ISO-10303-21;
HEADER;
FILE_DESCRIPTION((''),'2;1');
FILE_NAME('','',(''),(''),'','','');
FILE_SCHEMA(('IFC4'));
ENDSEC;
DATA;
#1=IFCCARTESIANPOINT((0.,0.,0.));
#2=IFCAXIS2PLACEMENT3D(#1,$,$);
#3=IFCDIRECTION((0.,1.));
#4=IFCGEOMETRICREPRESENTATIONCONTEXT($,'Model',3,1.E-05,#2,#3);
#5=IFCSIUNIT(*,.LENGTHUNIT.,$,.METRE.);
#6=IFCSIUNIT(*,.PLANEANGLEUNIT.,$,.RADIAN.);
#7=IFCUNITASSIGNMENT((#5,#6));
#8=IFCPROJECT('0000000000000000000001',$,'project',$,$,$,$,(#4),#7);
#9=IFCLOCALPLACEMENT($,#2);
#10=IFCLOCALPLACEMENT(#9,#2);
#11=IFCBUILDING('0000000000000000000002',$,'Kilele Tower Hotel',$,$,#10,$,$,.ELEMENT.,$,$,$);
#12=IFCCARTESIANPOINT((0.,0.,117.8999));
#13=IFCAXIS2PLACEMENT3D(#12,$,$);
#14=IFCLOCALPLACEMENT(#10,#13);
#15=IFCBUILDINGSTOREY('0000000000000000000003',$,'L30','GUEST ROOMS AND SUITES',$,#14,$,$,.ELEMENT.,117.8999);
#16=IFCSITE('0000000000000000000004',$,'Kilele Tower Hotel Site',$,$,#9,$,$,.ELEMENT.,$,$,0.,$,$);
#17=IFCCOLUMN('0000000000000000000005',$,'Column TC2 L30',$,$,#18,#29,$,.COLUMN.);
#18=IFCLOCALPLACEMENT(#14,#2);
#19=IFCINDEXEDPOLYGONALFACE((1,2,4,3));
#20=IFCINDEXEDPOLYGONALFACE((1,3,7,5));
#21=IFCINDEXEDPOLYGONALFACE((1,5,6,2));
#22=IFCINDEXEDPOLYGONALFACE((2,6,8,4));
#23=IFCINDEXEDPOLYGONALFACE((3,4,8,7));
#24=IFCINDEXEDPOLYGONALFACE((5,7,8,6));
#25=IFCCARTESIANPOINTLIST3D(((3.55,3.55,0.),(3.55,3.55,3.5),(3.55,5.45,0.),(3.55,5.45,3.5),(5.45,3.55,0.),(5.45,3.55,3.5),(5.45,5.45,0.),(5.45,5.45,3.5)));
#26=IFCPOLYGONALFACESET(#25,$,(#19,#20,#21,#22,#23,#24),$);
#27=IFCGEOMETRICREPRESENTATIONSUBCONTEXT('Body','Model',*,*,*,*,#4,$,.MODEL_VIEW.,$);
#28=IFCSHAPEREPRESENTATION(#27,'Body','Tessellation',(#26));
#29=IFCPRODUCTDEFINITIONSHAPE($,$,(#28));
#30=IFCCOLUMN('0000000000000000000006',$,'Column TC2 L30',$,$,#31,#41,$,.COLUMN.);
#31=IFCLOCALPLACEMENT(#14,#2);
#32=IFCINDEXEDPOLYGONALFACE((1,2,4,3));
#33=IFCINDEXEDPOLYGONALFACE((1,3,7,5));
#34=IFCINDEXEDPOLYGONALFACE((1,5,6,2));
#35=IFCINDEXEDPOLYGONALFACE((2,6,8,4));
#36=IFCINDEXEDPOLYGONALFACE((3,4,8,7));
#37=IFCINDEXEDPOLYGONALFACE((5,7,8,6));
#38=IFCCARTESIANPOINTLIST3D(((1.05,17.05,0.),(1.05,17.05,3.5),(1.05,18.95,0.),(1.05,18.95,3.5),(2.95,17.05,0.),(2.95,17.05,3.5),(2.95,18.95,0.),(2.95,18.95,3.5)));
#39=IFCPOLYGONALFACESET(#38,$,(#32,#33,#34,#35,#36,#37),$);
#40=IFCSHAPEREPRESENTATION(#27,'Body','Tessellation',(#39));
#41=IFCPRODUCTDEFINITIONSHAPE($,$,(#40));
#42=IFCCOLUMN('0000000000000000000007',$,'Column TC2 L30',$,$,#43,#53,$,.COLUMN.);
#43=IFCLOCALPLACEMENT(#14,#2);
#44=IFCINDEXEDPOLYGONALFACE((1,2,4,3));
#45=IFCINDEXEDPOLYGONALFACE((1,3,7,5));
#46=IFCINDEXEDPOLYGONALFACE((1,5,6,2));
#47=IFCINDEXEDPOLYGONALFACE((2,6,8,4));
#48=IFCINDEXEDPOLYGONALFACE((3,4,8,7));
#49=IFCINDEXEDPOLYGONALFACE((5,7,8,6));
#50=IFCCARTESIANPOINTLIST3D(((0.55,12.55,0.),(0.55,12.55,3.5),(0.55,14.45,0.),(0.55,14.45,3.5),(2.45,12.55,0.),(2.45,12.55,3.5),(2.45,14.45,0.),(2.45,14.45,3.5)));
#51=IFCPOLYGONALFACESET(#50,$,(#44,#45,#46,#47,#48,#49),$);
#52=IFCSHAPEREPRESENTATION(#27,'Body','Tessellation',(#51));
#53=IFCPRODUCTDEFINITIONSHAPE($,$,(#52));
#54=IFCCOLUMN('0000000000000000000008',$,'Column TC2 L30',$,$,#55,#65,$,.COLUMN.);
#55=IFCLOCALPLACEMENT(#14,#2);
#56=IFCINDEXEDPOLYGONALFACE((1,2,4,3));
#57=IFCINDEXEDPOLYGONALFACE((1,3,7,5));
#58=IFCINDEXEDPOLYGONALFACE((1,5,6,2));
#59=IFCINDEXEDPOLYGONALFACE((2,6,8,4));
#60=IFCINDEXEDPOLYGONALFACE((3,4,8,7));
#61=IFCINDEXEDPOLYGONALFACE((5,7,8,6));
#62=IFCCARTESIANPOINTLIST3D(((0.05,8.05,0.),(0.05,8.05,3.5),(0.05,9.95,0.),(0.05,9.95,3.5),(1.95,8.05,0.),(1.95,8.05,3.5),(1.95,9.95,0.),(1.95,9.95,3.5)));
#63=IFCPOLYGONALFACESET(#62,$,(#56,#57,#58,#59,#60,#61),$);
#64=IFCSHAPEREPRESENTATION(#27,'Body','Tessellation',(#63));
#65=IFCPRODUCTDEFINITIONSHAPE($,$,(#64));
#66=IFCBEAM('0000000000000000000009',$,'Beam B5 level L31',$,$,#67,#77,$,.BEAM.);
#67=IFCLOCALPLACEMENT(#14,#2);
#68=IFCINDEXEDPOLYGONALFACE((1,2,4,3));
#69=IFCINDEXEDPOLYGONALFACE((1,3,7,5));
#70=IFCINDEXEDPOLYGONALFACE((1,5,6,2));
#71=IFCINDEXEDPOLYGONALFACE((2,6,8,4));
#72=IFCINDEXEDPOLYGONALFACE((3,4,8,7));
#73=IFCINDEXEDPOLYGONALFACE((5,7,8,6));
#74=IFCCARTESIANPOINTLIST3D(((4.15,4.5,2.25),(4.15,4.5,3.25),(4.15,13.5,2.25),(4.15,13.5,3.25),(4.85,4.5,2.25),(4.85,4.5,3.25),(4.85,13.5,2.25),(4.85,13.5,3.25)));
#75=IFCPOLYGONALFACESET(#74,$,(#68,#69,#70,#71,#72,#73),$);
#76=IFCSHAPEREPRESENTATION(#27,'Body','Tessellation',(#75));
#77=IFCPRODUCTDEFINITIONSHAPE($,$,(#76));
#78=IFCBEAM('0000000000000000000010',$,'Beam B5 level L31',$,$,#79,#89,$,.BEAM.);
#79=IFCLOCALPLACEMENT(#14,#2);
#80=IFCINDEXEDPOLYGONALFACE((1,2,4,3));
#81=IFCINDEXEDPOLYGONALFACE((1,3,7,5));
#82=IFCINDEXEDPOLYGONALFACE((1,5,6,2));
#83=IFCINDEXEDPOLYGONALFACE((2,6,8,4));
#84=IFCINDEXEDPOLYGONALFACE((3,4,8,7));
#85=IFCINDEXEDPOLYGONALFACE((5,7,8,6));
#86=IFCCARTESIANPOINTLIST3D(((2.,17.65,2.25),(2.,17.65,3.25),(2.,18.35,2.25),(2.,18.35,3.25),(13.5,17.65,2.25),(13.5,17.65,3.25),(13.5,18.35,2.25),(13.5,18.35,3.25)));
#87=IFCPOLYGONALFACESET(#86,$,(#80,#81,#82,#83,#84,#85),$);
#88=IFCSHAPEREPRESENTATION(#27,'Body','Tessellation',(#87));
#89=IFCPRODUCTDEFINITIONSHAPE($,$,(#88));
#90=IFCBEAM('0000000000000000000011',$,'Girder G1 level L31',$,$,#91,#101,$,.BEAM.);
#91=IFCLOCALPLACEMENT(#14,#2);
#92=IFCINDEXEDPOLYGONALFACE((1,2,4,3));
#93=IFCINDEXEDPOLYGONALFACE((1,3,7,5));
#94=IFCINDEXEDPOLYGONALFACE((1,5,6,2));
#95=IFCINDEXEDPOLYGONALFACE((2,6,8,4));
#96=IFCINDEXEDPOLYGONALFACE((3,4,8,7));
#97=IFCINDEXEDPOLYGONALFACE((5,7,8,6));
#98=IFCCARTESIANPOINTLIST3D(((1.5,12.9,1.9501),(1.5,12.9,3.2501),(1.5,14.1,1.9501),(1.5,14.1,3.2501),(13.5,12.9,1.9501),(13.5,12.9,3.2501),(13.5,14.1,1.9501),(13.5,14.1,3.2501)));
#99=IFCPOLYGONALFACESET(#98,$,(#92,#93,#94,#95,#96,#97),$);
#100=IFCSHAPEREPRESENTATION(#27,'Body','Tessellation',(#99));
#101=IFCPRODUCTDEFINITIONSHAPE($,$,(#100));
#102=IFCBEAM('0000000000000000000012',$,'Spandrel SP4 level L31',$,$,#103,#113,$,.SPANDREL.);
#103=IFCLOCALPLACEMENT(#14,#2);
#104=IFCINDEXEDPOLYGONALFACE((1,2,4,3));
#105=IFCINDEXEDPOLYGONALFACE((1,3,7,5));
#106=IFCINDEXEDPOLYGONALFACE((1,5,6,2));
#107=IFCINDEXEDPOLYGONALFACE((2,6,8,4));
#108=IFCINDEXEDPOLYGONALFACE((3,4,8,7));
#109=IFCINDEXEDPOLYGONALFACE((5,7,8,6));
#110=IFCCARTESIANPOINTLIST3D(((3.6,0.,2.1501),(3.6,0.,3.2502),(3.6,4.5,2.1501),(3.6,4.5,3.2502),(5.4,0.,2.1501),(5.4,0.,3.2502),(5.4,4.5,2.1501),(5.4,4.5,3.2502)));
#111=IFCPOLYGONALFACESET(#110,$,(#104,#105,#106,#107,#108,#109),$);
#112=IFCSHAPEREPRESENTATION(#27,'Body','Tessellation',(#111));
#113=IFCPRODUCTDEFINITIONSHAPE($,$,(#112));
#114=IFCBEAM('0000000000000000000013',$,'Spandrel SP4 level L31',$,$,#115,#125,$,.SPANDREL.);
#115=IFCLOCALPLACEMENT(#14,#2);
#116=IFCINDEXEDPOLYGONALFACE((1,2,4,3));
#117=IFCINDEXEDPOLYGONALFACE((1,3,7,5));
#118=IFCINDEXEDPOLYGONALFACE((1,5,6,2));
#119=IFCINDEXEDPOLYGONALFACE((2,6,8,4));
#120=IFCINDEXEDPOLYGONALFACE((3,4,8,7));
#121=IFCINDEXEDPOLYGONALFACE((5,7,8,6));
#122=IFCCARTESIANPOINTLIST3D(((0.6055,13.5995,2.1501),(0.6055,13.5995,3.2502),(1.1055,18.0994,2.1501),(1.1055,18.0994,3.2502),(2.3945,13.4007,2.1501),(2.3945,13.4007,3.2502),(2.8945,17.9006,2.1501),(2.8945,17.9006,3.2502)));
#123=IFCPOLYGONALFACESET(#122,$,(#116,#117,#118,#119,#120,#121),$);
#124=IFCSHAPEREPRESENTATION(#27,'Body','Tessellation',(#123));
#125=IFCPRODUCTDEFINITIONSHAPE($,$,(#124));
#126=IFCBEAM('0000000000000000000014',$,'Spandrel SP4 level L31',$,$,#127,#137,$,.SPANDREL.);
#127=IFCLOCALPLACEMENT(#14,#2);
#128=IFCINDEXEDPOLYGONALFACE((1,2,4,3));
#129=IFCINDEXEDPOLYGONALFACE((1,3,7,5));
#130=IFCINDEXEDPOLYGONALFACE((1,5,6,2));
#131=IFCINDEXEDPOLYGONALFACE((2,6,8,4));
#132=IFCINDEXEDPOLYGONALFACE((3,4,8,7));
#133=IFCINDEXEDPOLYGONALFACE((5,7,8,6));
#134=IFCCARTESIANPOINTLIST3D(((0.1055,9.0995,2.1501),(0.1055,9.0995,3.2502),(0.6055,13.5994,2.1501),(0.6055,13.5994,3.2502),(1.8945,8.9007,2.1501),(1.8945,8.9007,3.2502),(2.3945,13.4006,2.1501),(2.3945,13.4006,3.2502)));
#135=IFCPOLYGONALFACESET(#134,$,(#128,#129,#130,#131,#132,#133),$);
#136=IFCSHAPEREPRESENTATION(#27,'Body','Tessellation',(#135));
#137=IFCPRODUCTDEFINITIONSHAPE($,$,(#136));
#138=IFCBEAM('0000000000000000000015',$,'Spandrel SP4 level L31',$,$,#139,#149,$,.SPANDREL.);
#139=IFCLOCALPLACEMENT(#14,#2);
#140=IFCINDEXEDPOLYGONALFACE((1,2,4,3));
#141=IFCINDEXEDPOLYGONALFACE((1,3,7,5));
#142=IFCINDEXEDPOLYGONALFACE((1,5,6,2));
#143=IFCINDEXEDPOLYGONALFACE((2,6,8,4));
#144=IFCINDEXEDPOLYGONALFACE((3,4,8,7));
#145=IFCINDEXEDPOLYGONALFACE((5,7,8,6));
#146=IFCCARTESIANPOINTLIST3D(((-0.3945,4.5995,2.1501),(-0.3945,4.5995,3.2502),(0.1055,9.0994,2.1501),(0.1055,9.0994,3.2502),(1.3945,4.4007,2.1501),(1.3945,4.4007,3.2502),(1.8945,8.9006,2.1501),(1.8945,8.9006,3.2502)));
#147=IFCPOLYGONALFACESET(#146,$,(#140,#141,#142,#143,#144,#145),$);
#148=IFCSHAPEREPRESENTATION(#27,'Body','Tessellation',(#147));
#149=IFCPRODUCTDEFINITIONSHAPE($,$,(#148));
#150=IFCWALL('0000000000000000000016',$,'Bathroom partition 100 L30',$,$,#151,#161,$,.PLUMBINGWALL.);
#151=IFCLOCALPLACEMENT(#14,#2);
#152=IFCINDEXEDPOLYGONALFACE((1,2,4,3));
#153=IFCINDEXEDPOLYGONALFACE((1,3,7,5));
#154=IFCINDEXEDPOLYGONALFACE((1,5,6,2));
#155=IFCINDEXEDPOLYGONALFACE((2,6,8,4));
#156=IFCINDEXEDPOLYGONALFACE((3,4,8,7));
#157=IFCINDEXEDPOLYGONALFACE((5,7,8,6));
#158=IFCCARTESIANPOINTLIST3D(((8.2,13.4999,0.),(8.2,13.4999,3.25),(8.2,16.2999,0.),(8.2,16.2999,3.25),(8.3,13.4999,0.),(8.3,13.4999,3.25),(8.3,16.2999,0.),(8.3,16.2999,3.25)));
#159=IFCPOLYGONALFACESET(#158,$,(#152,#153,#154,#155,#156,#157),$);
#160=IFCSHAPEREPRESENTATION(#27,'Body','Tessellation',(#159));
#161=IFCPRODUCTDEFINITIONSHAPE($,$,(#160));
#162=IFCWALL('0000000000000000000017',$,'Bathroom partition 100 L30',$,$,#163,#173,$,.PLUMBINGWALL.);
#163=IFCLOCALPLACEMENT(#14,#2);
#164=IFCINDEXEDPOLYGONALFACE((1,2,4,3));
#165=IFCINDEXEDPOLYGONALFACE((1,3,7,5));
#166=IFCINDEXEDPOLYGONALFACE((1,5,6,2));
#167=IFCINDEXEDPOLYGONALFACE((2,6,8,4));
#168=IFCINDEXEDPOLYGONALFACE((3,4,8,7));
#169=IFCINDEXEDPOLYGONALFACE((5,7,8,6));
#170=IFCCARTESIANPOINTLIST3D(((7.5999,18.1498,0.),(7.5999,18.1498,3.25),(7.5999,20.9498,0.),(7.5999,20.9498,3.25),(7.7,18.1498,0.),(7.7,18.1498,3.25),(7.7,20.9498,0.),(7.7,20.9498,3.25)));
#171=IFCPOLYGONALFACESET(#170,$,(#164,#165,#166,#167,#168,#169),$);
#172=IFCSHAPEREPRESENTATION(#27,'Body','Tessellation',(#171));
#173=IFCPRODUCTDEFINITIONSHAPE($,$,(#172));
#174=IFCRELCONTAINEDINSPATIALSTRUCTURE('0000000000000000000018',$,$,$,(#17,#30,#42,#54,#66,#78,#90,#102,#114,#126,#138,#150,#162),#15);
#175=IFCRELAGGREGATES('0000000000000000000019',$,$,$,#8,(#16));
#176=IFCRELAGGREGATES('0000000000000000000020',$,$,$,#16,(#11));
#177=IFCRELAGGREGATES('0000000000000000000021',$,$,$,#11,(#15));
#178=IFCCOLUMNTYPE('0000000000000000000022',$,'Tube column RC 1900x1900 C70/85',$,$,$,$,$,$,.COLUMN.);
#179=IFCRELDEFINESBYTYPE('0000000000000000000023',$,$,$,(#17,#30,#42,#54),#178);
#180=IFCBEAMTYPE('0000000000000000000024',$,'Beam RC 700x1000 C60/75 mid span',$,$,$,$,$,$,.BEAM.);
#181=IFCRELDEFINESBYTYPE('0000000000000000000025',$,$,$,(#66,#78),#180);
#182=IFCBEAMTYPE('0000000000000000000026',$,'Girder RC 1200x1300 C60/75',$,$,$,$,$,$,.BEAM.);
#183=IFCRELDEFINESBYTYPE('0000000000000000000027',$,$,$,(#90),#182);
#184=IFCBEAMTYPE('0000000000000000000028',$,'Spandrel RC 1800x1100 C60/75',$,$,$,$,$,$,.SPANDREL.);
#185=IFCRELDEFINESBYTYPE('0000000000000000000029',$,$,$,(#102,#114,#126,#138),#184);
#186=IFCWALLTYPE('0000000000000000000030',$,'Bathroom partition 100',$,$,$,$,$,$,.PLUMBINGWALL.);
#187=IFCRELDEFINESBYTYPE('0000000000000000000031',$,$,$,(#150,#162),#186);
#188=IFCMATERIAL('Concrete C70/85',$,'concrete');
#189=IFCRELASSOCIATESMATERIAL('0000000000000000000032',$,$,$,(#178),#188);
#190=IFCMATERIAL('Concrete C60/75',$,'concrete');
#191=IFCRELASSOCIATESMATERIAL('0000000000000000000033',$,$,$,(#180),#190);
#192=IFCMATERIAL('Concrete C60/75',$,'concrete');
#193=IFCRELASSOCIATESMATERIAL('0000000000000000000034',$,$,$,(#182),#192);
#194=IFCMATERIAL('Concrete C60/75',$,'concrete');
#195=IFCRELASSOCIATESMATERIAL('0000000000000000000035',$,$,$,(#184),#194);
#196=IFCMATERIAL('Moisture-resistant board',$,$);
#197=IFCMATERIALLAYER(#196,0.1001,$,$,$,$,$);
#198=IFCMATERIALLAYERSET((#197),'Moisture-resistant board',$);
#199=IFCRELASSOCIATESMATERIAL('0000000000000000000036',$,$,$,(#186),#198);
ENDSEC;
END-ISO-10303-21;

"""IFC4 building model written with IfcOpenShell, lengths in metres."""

from ifc_helpers import new_model, si_unit, direction, frame, frame_2d, origin, origin_2d, place, context, subcontext, project, spatial, rectangle, extrude, material, layer, layer_set, material_profile, profile_set, type_object, element, save


model = new_model("IFC4")

# Units and contexts
model_context = context("Model", 3, precision=1e-05, world=origin(), true_north=direction((0.0, 1.0)))
body_context = subcontext(model_context, "Body", "Model", "MODEL_VIEW")
ifc_project = project(units=[si_unit("LENGTHUNIT", "METRE"), si_unit("PLANEANGLEUNIT", "RADIAN")], contexts=[model_context])

# Site, building, storey
site_placement = place(None, origin())
site = spatial("IfcSite", under=ifc_project, at=site_placement, Name="Kilele Tower Hotel Site", CompositionType="ELEMENT", RefElevation=0.0)
building_placement = place(site_placement, origin())
building = spatial("IfcBuilding", under=site, at=building_placement, Name="Kilele Tower Hotel", CompositionType="ELEMENT")
storey_placement = place(building_placement, frame((0.0, 0.0, 117.8999)))
storey = spatial("IfcBuildingStorey", under=building, at=storey_placement, Name="L30", Description="GUEST ROOMS AND SUITES", CompositionType="ELEMENT", Elevation=117.8999)

# Columns
ifc_material_1 = material(Name="Concrete C70/85", Category="concrete")
ifc_material_profile_1 = material_profile(ifc_material_1, rectangle(XDim=1.8999, YDim=1.8999, at=origin_2d()))
ifc_profile_set_1 = profile_set([ifc_material_profile_1], Name="Concrete C70/85")
column_type = type_object("IfcColumnType", Name="Tube column RC 1900x1900 C70/85", PredefinedType="COLUMN", material=ifc_profile_set_1)
for number, where, z_axis, x_axis, name in (
    (1, (4.5, 4.5, 0.0), (0.0, 0.0, 1.0), (1.0, 0.0, 0.0), "Column TC2 L30"),
    (2, (2.0, 18.0, 0.0), (0.0, 0.0, 1.0), (1.0, 0.0, 0.0), "Column TC2 L30"),
    (3, (1.5, 13.5, 0.0), (0.0, 0.0, 1.0), (1.0, 0.0, 0.0), "Column TC2 L30"),
    (4, (1.0, 9.0, 0.0), (0.0, 0.0, 1.0), (1.0, 0.0, 0.0), "Column TC2 L30"),
):
    element("IfcColumn", number, at=place(storey_placement, frame(where, z_axis=z_axis, x_axis=x_axis)), inside=storey, type_object=column_type, Name=name, PredefinedType="COLUMN", context=body_context, shape_type="SweptSolid", body=[
        extrude(rectangle(XDim=1.8999, YDim=1.8999, at=origin_2d()), origin(), (0.0, 0.0, 1.0), 3.5),
    ])

# Beams
ifc_material_2 = material(Name="Concrete C60/75", Category="concrete")
ifc_material_profile_2 = material_profile(ifc_material_2, rectangle(XDim=0.7, YDim=1.0, at=origin_2d()))
ifc_profile_set_2 = profile_set([ifc_material_profile_2], Name="Concrete C60/75")
beam_type_1 = type_object("IfcBeamType", Name="Beam RC 700x1000 C60/75 mid span", PredefinedType="BEAM", material=ifc_profile_set_2)
beam_1_placement = place(storey_placement, frame((4.5, 4.5, 2.75), z_axis=(0.0, 1.0, 0.0), x_axis=(-1.0, 0.0, 0.0)))
element("IfcBeam", 5, at=beam_1_placement, inside=storey, type_object=beam_type_1, Name="Beam B5 level L31", PredefinedType="BEAM", context=body_context, shape_type="SweptSolid", body=[
    extrude(rectangle(XDim=0.7, YDim=1.0, at=origin_2d()), origin(), (0.0, 0.0, 1.0), 9.0),
])
beam_2_placement = place(storey_placement, frame((2.0, 18.0, 2.75), z_axis=(1.0, 0.0, 0.0), x_axis=(0.0, 1.0, 0.0)))
element("IfcBeam", 6, at=beam_2_placement, inside=storey, type_object=beam_type_1, Name="Beam B5 level L31", PredefinedType="BEAM", context=body_context, shape_type="SweptSolid", body=[
    extrude(rectangle(XDim=0.7, YDim=1.0, at=origin_2d()), origin(), (0.0, 0.0, 1.0), 11.5),
])
ifc_material_3 = material(Name="Concrete C60/75", Category="concrete")
ifc_material_profile_3 = material_profile(ifc_material_3, rectangle(XDim=1.2, YDim=1.3, at=origin_2d()))
ifc_profile_set_3 = profile_set([ifc_material_profile_3], Name="Concrete C60/75")
beam_type_2 = type_object("IfcBeamType", Name="Girder RC 1200x1300 C60/75", PredefinedType="BEAM", material=ifc_profile_set_3)
beam_3_placement = place(storey_placement, frame((1.5, 13.5, 2.6001), z_axis=(1.0, 0.0, 0.0), x_axis=(0.0, 1.0, 0.0)))
element("IfcBeam", 7, at=beam_3_placement, inside=storey, type_object=beam_type_2, Name="Girder G1 level L31", PredefinedType="BEAM", context=body_context, shape_type="SweptSolid", body=[
    extrude(rectangle(XDim=1.2, YDim=1.3, at=origin_2d()), origin(), (0.0, 0.0, 1.0), 12.0),
])
ifc_material_4 = material(Name="Concrete C60/75", Category="concrete")
ifc_material_profile_4 = material_profile(ifc_material_4, rectangle(XDim=1.8, YDim=1.1001, at=origin_2d()))
ifc_profile_set_4 = profile_set([ifc_material_profile_4], Name="Concrete C60/75")
beam_type_3 = type_object("IfcBeamType", Name="Spandrel RC 1800x1100 C60/75", PredefinedType="SPANDREL", material=ifc_profile_set_4)
beam_4_placement = place(storey_placement, frame((4.5, 4.5, 2.7002), z_axis=(0.0, -1.0, 0.0), x_axis=(1.0, 0.0, 0.0)))
element("IfcBeam", 8, at=beam_4_placement, inside=storey, type_object=beam_type_3, Name="Spandrel SP4 level L31", PredefinedType="SPANDREL", context=body_context, shape_type="SweptSolid", body=[
    extrude(rectangle(XDim=1.8, YDim=1.1001, at=origin_2d()), origin(), (0.0, 0.0, 1.0), 4.5),
])
for number, where, z_axis, x_axis, name in (
    (9, (2.0, 18.0, 2.7002), (-0.110432, -0.993884, 0.0), (0.993884, -0.110432, 0.0), "Spandrel SP4 level L31"),
    (10, (1.5, 13.5, 2.7002), (-0.110432, -0.993884, 0.0), (0.993884, -0.110432, 0.0), "Spandrel SP4 level L31"),
    (11, (1.0, 9.0, 2.7002), (-0.110432, -0.993884, 0.0), (0.993884, -0.110432, 0.0), "Spandrel SP4 level L31"),
):
    element("IfcBeam", number, at=place(storey_placement, frame(where, z_axis=z_axis, x_axis=x_axis)), inside=storey, type_object=beam_type_3, Name=name, PredefinedType="SPANDREL", context=body_context, shape_type="SweptSolid", body=[
        extrude(rectangle(XDim=1.8, YDim=1.1001, at=origin_2d()), origin(), (0.0, 0.0, 1.0), 4.5276),
    ])

# Walls
ifc_material_5 = material(Name="Moisture-resistant board")
ifc_layer_1 = layer(ifc_material_5, 0.1001)
ifc_layer_set_1 = layer_set([ifc_layer_1], Name="Moisture-resistant board")
wall_type_1 = type_object("IfcWallType", Name="Bathroom partition 100", PredefinedType="PLUMBINGWALL", material=ifc_layer_set_1)
for number, where, z_axis, x_axis, name in (
    (12, (8.25, 13.5, 0.0), (0.0, 0.0, 1.0), (0.0, 1.0, 0.0), "Bathroom partition 100 L30"),
    (13, (7.6499, 18.1499, 0.0), (0.0, 0.0, 1.0), (0.0, 1.0, 0.0), "Bathroom partition 100 L30"),
):
    element("IfcWall", number, at=place(storey_placement, frame(where, z_axis=z_axis, x_axis=x_axis)), inside=storey, type_object=wall_type_1, Name=name, PredefinedType="PLUMBINGWALL", context=body_context, shape_type="SweptSolid", body=[
        extrude(rectangle(XDim=2.8, YDim=0.1001, at=frame_2d((1.3999, 0.0))), origin(), (0.0, 0.0, 1.0), 3.25),
    ])

save(model, "model.ifc")
